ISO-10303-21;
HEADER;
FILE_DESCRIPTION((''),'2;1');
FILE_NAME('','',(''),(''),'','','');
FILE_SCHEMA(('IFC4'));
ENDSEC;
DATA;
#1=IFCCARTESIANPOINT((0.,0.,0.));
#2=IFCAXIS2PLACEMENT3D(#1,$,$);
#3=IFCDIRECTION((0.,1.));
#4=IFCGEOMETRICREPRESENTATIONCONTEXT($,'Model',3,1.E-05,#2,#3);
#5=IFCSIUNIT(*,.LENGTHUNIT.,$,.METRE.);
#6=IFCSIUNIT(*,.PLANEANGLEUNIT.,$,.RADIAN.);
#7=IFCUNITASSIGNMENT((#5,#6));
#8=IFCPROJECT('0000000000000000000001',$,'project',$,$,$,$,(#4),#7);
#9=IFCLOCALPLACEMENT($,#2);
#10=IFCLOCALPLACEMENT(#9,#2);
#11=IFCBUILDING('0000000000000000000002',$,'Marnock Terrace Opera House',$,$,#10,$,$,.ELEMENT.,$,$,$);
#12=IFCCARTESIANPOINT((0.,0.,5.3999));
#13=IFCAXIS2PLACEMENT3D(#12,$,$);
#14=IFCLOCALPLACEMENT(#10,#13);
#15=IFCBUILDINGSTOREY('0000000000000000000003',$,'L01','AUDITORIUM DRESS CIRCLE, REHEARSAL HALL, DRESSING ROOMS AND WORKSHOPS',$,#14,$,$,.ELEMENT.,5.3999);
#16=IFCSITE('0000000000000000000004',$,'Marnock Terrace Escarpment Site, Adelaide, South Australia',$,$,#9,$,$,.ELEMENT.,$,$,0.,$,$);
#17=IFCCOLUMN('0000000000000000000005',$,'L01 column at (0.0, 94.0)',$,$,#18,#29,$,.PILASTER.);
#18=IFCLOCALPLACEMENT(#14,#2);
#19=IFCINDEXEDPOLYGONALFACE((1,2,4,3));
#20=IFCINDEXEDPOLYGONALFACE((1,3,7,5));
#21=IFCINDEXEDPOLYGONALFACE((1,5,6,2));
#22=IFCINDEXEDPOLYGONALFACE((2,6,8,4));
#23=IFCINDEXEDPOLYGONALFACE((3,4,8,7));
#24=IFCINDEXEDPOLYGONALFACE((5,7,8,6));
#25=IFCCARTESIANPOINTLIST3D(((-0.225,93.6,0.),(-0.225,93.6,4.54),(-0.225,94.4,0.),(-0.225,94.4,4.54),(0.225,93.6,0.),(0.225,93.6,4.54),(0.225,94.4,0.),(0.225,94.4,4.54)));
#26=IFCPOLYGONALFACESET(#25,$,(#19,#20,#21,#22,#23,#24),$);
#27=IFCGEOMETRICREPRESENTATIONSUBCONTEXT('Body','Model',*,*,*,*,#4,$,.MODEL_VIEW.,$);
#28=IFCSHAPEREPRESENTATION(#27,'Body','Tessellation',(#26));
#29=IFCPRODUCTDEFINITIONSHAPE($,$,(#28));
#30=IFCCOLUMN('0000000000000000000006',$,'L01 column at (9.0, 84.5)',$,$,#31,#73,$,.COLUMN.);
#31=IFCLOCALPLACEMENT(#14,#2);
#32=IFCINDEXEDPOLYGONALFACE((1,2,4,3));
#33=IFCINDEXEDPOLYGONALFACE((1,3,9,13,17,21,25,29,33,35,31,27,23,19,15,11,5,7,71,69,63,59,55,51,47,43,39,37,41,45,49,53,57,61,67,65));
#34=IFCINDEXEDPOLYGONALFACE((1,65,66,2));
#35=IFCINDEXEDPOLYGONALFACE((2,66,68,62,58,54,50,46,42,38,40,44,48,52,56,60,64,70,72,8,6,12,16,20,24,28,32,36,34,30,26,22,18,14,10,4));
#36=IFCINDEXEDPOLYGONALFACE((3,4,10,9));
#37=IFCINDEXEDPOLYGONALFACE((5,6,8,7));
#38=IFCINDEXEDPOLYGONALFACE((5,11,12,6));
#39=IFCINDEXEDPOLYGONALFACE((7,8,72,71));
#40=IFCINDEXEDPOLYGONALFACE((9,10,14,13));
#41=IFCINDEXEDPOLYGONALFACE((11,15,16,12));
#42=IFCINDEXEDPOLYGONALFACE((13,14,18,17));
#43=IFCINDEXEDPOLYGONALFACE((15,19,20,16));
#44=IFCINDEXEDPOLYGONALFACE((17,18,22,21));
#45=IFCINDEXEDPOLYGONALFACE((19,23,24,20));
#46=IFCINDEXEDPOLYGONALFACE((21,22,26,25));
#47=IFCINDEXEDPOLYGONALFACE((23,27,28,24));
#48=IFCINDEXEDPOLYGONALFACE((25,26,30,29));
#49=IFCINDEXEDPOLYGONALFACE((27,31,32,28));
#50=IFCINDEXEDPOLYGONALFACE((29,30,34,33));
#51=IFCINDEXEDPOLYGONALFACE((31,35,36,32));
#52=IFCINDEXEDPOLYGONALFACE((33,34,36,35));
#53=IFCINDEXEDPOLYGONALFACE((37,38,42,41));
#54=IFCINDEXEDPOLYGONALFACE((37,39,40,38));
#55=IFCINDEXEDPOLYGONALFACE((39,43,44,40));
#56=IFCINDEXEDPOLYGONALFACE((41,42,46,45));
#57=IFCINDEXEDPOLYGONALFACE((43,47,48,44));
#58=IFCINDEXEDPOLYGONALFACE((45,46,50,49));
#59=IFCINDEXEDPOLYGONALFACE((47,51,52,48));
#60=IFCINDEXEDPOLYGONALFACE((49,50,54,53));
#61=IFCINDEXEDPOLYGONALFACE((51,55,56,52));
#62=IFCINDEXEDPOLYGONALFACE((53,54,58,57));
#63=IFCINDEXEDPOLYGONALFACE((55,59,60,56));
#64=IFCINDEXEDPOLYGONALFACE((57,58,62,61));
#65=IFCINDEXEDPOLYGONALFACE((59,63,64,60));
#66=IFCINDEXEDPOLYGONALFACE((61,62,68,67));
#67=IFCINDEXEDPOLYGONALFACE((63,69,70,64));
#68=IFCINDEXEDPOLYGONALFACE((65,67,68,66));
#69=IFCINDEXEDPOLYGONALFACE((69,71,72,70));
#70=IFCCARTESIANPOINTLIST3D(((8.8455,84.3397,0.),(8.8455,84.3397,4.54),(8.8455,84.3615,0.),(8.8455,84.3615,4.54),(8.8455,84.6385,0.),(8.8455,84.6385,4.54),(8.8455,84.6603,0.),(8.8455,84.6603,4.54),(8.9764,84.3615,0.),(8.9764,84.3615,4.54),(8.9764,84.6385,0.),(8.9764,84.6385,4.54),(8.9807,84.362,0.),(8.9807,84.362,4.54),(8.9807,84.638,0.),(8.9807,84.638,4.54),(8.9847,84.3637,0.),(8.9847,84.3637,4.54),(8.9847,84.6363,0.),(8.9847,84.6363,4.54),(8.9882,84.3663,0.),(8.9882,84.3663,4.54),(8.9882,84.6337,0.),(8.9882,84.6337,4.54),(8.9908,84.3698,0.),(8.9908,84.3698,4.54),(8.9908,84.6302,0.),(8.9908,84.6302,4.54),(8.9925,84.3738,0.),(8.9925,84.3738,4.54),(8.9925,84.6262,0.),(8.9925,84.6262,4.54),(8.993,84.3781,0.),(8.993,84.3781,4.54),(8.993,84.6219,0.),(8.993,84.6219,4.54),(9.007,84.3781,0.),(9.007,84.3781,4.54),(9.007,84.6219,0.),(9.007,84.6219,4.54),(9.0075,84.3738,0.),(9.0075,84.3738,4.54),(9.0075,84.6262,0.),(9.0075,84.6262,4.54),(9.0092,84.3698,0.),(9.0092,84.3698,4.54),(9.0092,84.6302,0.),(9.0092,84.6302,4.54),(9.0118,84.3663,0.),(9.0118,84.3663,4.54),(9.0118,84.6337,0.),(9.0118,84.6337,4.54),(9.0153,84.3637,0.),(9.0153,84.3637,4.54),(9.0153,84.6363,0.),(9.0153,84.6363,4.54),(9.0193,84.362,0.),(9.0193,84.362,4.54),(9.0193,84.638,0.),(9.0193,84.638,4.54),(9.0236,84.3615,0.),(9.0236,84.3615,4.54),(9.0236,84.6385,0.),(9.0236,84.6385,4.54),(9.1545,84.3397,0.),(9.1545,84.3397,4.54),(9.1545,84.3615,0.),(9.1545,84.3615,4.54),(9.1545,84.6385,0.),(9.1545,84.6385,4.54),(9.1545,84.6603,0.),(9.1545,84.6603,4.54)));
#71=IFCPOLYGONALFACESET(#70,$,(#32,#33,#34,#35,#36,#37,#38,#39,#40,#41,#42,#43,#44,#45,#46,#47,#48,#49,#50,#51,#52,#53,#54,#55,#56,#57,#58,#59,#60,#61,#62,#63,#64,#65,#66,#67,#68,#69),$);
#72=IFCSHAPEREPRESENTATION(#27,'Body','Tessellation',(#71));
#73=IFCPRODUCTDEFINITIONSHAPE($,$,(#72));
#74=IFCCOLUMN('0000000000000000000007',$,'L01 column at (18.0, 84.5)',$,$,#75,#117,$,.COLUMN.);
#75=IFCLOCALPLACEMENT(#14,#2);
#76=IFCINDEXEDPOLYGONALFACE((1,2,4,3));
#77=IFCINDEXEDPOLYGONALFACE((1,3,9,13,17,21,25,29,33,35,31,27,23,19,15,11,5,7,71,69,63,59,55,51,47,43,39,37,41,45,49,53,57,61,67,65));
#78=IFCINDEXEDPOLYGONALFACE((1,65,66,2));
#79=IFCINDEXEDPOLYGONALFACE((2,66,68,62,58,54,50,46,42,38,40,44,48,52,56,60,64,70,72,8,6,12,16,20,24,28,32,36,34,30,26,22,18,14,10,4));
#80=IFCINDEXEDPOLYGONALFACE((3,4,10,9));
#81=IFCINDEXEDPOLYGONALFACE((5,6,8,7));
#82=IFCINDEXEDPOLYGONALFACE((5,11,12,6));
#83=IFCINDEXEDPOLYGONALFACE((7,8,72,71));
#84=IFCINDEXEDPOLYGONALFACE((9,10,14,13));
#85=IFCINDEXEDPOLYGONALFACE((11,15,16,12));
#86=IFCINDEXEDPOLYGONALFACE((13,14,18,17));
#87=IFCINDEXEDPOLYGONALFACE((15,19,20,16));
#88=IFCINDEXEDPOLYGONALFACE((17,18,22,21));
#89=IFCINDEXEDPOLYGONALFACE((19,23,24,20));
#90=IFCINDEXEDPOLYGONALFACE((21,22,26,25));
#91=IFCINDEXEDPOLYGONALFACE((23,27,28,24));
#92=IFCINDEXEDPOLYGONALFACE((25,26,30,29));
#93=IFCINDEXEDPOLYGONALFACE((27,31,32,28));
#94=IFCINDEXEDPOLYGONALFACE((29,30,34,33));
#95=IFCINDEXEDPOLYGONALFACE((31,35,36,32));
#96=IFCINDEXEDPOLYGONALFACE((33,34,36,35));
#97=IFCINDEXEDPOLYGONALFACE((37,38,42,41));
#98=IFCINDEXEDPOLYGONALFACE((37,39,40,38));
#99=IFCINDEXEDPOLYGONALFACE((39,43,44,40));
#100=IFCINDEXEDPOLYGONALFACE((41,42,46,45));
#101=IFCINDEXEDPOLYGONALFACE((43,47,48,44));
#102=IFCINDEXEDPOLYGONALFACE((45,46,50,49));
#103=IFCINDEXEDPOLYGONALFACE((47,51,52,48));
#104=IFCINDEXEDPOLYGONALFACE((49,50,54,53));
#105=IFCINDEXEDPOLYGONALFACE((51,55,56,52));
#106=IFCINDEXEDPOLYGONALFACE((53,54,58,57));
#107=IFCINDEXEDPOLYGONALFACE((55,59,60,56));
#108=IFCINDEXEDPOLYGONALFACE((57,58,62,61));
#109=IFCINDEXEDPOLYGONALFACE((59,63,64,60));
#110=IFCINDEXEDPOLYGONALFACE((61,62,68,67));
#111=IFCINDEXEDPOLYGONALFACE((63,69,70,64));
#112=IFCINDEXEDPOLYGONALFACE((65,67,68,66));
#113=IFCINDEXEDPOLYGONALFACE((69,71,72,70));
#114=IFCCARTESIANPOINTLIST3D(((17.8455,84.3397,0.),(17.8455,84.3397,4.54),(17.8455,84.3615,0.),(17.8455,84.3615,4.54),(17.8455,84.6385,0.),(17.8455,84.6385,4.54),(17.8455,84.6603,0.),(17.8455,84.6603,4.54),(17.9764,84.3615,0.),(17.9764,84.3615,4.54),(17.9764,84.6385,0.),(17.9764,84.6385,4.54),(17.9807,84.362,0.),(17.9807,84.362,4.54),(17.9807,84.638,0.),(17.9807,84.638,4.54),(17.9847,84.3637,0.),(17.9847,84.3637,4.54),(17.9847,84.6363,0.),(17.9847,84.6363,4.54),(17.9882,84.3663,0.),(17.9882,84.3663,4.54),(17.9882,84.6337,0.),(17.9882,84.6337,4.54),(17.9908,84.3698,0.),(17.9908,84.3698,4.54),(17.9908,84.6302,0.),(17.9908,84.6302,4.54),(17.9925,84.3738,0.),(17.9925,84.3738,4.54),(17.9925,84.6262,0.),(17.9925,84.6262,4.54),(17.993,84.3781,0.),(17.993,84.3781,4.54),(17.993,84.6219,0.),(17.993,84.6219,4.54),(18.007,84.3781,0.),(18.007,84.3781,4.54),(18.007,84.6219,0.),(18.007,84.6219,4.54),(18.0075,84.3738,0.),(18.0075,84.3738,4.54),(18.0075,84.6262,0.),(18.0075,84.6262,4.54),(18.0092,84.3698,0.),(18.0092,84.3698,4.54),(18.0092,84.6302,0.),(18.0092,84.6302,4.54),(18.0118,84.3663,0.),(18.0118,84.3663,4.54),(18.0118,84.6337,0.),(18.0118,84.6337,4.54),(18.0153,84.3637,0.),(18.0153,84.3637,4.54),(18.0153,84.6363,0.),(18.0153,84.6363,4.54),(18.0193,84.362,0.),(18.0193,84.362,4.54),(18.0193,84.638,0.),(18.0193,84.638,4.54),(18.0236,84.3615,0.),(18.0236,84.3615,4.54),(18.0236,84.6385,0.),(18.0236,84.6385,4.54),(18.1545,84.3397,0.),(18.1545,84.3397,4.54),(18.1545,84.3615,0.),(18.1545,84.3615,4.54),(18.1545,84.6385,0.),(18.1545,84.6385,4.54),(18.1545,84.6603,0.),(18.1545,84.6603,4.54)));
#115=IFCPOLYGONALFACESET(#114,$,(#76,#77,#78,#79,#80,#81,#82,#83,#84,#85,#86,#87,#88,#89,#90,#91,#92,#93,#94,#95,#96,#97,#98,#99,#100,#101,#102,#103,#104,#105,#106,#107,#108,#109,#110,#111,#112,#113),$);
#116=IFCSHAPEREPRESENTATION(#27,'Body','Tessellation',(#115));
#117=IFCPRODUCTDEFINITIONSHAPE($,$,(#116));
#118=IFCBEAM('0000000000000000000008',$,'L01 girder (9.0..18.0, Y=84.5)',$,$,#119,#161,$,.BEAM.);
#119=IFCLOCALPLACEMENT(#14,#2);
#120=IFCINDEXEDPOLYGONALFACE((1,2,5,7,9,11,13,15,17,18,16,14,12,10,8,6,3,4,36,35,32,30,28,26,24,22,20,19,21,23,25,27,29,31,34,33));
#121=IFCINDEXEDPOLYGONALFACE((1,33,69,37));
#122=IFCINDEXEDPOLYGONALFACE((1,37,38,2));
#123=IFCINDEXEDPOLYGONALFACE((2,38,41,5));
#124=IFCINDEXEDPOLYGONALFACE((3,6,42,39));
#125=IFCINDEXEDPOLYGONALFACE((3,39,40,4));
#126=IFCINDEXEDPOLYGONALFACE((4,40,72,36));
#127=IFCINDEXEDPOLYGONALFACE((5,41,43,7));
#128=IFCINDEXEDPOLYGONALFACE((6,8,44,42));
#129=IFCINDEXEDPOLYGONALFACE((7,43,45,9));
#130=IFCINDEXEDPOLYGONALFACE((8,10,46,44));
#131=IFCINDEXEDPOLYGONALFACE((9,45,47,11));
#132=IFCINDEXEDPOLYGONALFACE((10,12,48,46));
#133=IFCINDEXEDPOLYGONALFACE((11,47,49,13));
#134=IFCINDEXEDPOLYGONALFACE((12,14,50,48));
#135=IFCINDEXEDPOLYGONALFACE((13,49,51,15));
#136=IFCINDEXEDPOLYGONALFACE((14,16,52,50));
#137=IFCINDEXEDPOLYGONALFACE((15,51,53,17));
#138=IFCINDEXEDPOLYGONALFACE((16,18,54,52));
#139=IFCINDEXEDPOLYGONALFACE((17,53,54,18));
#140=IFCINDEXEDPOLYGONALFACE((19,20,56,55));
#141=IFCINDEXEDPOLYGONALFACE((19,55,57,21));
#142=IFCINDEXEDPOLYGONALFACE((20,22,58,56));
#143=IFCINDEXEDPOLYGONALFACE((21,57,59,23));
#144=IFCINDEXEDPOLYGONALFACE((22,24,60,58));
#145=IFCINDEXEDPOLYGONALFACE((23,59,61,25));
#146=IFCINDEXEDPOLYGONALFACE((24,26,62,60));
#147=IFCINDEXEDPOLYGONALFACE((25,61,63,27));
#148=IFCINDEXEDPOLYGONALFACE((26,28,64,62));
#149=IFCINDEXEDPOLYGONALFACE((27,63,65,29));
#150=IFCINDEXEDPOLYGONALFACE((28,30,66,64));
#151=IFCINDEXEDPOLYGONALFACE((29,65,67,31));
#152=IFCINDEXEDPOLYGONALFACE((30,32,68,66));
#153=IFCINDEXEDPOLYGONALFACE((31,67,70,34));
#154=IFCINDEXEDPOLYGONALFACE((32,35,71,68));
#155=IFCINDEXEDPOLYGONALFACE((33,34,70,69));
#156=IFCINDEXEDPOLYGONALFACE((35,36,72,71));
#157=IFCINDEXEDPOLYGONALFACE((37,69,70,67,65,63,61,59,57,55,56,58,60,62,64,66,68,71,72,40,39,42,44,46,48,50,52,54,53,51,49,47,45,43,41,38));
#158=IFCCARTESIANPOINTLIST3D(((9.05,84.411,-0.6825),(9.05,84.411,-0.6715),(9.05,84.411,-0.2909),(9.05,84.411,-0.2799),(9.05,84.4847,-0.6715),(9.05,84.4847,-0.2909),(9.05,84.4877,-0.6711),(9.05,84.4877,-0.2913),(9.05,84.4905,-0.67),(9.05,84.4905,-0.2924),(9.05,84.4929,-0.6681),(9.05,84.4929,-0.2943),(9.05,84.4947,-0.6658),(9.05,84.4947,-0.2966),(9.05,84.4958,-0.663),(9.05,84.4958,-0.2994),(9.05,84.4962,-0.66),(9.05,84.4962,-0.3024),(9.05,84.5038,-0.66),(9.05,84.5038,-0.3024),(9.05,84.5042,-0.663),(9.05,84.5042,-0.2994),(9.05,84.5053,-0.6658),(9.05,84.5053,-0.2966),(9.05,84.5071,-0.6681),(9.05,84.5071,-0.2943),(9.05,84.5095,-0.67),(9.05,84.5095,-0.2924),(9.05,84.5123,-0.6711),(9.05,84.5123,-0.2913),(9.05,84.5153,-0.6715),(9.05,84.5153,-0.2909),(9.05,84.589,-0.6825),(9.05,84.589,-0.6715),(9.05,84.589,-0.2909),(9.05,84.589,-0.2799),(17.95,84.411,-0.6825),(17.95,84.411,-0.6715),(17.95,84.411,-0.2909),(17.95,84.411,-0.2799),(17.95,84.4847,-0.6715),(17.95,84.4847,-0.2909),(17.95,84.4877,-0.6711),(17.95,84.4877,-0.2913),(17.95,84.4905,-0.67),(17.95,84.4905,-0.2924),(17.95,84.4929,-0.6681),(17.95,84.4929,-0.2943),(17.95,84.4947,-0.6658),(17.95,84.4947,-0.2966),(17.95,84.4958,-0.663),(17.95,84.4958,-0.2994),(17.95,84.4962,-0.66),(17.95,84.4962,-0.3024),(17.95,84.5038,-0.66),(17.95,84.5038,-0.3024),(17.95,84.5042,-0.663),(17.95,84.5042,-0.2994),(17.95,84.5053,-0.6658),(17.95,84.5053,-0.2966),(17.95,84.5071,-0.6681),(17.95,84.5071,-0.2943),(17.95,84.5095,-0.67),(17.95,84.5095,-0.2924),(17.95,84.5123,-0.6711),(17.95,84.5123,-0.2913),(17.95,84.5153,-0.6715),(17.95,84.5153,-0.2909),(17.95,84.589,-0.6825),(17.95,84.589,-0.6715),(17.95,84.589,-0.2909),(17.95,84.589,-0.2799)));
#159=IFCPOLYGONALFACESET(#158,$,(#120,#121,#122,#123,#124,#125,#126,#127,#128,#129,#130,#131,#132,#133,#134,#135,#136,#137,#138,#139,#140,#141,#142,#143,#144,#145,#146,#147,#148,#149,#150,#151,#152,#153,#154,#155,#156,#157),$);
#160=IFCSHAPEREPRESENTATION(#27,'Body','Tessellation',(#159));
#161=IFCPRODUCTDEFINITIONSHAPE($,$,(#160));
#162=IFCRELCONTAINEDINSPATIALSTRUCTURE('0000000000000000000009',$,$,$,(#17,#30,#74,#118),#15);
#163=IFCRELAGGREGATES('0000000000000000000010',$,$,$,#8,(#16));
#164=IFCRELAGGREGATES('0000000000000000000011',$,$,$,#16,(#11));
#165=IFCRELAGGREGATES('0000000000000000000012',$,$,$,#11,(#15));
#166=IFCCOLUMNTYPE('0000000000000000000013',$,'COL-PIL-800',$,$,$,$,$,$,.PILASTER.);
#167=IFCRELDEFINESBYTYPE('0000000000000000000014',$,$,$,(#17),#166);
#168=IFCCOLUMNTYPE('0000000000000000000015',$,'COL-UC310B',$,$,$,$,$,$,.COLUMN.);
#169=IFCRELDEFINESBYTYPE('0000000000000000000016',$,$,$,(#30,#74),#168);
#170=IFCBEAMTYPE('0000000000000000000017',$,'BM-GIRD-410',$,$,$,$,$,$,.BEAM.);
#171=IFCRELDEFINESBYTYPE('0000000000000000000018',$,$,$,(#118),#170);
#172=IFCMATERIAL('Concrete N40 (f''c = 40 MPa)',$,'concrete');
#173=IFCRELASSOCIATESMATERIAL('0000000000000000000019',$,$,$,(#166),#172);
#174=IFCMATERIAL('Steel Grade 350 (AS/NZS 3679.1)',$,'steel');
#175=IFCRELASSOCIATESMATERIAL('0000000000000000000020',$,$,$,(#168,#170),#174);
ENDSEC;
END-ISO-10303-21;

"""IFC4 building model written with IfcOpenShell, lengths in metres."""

from ifc_helpers import new_model, si_unit, direction, frame, origin, origin_2d, place, context, subcontext, project, spatial, rectangle, i_section, extrude, material, material_profile, profile_set, type_object, element, save


model = new_model("IFC4")

# Units and contexts
model_context = context("Model", 3, precision=1e-05, world=origin(), true_north=direction((0.0, 1.0)))
body_context = subcontext(model_context, "Body", "Model", "MODEL_VIEW")
ifc_project = project(units=[si_unit("LENGTHUNIT", "METRE"), si_unit("PLANEANGLEUNIT", "RADIAN")], contexts=[model_context])

# Site, building, storey
site_placement = place(None, origin())
site = spatial("IfcSite", under=ifc_project, at=site_placement, Name="Marnock Terrace Escarpment Site, Adelaide, South Australia", CompositionType="ELEMENT", RefElevation=0.0)
building_placement = place(site_placement, origin())
building = spatial("IfcBuilding", under=site, at=building_placement, Name="Marnock Terrace Opera House", CompositionType="ELEMENT")
storey_placement = place(building_placement, frame((0.0, 0.0, 5.3999)))
storey = spatial("IfcBuildingStorey", under=building, at=storey_placement, Name="L01", Description="AUDITORIUM DRESS CIRCLE, REHEARSAL HALL, DRESSING ROOMS AND WORKSHOPS", CompositionType="ELEMENT", Elevation=5.3999)

# Columns
ifc_material_1 = material(Name="Concrete N40 (f'c = 40 MPa)", Category="concrete")
ifc_material_profile_1 = material_profile(ifc_material_1, rectangle(XDim=0.45, YDim=0.8, at=origin_2d()))
ifc_profile_set_1 = profile_set([ifc_material_profile_1], Name="Concrete N40 (f'c = 40 MPa)")
column_type_1 = type_object("IfcColumnType", Name="COL-PIL-800", PredefinedType="PILASTER", material=ifc_profile_set_1)
column_placement = place(storey_placement, frame((0.0, 94.0, 0.0), z_axis=(0.0, 0.0, 1.0), x_axis=(1.0, 0.0, 0.0)))
element("IfcColumn", 1, at=column_placement, inside=storey, type_object=column_type_1, Name="L01 column at (0.0, 94.0)", PredefinedType="PILASTER", context=body_context, shape_type="SweptSolid", body=[
    extrude(rectangle(XDim=0.45, YDim=0.8, at=origin_2d()), origin(), (0.0, 0.0, 1.0), 4.54),
])
ifc_material_2 = material(Name="Steel Grade 350 (AS/NZS 3679.1)", Category="steel")
ifc_material_profile_2 = material_profile(ifc_material_2, i_section(OverallWidth=0.3091, OverallDepth=0.3206, WebThickness=0.0139, FlangeThickness=0.0217, FilletRadius=0.0166, at=origin_2d()))
ifc_profile_set_2 = profile_set([ifc_material_profile_2], Name="Steel Grade 350 (AS/NZS 3679.1)")
column_type_2 = type_object("IfcColumnType", Name="COL-UC310B", PredefinedType="COLUMN", material=ifc_profile_set_2)
for number, where, z_axis, x_axis, name in (
    (2, (9.0, 84.5, 0.0), (0.0, 0.0, 1.0), (1.0, 0.0, 0.0), "L01 column at (9.0, 84.5)"),
    (3, (18.0, 84.5, 0.0), (0.0, 0.0, 1.0), (1.0, 0.0, 0.0), "L01 column at (18.0, 84.5)"),
):
    element("IfcColumn", number, at=place(storey_placement, frame(where, z_axis=z_axis, x_axis=x_axis)), inside=storey, type_object=column_type_2, Name=name, PredefinedType="COLUMN", context=body_context, shape_type="SweptSolid", body=[
        extrude(i_section(OverallWidth=0.3091, OverallDepth=0.3206, WebThickness=0.0139, FlangeThickness=0.0217, FilletRadius=0.0166, at=origin_2d()), origin(), (0.0, 0.0, 1.0), 4.54),
    ])

# Beam
ifc_material_profile_3 = material_profile(ifc_material_2, i_section(OverallWidth=0.178, OverallDepth=0.4026, WebThickness=0.0076, FlangeThickness=0.011, FilletRadius=0.0115, at=origin_2d()))
ifc_profile_set_3 = profile_set([ifc_material_profile_3], Name="Steel Grade 350 (AS/NZS 3679.1)")
beam_type_1 = type_object("IfcBeamType", Name="BM-GIRD-410", PredefinedType="BEAM", material=ifc_profile_set_3)
beam_1_placement = place(storey_placement, frame((9.05, 84.5, -0.4812), z_axis=(1.0, 0.0, 0.0), x_axis=(0.0, 1.0, 0.0)))
element("IfcBeam", 4, at=beam_1_placement, inside=storey, type_object=beam_type_1, Name="L01 girder (9.0..18.0, Y=84.5)", PredefinedType="BEAM", context=body_context, shape_type="SweptSolid", body=[
    extrude(i_section(OverallWidth=0.178, OverallDepth=0.4026, WebThickness=0.0076, FlangeThickness=0.011, FilletRadius=0.0115, at=origin_2d()), origin(), (0.0, 0.0, 1.0), 8.8999),
])

save(model, "model.ifc")
